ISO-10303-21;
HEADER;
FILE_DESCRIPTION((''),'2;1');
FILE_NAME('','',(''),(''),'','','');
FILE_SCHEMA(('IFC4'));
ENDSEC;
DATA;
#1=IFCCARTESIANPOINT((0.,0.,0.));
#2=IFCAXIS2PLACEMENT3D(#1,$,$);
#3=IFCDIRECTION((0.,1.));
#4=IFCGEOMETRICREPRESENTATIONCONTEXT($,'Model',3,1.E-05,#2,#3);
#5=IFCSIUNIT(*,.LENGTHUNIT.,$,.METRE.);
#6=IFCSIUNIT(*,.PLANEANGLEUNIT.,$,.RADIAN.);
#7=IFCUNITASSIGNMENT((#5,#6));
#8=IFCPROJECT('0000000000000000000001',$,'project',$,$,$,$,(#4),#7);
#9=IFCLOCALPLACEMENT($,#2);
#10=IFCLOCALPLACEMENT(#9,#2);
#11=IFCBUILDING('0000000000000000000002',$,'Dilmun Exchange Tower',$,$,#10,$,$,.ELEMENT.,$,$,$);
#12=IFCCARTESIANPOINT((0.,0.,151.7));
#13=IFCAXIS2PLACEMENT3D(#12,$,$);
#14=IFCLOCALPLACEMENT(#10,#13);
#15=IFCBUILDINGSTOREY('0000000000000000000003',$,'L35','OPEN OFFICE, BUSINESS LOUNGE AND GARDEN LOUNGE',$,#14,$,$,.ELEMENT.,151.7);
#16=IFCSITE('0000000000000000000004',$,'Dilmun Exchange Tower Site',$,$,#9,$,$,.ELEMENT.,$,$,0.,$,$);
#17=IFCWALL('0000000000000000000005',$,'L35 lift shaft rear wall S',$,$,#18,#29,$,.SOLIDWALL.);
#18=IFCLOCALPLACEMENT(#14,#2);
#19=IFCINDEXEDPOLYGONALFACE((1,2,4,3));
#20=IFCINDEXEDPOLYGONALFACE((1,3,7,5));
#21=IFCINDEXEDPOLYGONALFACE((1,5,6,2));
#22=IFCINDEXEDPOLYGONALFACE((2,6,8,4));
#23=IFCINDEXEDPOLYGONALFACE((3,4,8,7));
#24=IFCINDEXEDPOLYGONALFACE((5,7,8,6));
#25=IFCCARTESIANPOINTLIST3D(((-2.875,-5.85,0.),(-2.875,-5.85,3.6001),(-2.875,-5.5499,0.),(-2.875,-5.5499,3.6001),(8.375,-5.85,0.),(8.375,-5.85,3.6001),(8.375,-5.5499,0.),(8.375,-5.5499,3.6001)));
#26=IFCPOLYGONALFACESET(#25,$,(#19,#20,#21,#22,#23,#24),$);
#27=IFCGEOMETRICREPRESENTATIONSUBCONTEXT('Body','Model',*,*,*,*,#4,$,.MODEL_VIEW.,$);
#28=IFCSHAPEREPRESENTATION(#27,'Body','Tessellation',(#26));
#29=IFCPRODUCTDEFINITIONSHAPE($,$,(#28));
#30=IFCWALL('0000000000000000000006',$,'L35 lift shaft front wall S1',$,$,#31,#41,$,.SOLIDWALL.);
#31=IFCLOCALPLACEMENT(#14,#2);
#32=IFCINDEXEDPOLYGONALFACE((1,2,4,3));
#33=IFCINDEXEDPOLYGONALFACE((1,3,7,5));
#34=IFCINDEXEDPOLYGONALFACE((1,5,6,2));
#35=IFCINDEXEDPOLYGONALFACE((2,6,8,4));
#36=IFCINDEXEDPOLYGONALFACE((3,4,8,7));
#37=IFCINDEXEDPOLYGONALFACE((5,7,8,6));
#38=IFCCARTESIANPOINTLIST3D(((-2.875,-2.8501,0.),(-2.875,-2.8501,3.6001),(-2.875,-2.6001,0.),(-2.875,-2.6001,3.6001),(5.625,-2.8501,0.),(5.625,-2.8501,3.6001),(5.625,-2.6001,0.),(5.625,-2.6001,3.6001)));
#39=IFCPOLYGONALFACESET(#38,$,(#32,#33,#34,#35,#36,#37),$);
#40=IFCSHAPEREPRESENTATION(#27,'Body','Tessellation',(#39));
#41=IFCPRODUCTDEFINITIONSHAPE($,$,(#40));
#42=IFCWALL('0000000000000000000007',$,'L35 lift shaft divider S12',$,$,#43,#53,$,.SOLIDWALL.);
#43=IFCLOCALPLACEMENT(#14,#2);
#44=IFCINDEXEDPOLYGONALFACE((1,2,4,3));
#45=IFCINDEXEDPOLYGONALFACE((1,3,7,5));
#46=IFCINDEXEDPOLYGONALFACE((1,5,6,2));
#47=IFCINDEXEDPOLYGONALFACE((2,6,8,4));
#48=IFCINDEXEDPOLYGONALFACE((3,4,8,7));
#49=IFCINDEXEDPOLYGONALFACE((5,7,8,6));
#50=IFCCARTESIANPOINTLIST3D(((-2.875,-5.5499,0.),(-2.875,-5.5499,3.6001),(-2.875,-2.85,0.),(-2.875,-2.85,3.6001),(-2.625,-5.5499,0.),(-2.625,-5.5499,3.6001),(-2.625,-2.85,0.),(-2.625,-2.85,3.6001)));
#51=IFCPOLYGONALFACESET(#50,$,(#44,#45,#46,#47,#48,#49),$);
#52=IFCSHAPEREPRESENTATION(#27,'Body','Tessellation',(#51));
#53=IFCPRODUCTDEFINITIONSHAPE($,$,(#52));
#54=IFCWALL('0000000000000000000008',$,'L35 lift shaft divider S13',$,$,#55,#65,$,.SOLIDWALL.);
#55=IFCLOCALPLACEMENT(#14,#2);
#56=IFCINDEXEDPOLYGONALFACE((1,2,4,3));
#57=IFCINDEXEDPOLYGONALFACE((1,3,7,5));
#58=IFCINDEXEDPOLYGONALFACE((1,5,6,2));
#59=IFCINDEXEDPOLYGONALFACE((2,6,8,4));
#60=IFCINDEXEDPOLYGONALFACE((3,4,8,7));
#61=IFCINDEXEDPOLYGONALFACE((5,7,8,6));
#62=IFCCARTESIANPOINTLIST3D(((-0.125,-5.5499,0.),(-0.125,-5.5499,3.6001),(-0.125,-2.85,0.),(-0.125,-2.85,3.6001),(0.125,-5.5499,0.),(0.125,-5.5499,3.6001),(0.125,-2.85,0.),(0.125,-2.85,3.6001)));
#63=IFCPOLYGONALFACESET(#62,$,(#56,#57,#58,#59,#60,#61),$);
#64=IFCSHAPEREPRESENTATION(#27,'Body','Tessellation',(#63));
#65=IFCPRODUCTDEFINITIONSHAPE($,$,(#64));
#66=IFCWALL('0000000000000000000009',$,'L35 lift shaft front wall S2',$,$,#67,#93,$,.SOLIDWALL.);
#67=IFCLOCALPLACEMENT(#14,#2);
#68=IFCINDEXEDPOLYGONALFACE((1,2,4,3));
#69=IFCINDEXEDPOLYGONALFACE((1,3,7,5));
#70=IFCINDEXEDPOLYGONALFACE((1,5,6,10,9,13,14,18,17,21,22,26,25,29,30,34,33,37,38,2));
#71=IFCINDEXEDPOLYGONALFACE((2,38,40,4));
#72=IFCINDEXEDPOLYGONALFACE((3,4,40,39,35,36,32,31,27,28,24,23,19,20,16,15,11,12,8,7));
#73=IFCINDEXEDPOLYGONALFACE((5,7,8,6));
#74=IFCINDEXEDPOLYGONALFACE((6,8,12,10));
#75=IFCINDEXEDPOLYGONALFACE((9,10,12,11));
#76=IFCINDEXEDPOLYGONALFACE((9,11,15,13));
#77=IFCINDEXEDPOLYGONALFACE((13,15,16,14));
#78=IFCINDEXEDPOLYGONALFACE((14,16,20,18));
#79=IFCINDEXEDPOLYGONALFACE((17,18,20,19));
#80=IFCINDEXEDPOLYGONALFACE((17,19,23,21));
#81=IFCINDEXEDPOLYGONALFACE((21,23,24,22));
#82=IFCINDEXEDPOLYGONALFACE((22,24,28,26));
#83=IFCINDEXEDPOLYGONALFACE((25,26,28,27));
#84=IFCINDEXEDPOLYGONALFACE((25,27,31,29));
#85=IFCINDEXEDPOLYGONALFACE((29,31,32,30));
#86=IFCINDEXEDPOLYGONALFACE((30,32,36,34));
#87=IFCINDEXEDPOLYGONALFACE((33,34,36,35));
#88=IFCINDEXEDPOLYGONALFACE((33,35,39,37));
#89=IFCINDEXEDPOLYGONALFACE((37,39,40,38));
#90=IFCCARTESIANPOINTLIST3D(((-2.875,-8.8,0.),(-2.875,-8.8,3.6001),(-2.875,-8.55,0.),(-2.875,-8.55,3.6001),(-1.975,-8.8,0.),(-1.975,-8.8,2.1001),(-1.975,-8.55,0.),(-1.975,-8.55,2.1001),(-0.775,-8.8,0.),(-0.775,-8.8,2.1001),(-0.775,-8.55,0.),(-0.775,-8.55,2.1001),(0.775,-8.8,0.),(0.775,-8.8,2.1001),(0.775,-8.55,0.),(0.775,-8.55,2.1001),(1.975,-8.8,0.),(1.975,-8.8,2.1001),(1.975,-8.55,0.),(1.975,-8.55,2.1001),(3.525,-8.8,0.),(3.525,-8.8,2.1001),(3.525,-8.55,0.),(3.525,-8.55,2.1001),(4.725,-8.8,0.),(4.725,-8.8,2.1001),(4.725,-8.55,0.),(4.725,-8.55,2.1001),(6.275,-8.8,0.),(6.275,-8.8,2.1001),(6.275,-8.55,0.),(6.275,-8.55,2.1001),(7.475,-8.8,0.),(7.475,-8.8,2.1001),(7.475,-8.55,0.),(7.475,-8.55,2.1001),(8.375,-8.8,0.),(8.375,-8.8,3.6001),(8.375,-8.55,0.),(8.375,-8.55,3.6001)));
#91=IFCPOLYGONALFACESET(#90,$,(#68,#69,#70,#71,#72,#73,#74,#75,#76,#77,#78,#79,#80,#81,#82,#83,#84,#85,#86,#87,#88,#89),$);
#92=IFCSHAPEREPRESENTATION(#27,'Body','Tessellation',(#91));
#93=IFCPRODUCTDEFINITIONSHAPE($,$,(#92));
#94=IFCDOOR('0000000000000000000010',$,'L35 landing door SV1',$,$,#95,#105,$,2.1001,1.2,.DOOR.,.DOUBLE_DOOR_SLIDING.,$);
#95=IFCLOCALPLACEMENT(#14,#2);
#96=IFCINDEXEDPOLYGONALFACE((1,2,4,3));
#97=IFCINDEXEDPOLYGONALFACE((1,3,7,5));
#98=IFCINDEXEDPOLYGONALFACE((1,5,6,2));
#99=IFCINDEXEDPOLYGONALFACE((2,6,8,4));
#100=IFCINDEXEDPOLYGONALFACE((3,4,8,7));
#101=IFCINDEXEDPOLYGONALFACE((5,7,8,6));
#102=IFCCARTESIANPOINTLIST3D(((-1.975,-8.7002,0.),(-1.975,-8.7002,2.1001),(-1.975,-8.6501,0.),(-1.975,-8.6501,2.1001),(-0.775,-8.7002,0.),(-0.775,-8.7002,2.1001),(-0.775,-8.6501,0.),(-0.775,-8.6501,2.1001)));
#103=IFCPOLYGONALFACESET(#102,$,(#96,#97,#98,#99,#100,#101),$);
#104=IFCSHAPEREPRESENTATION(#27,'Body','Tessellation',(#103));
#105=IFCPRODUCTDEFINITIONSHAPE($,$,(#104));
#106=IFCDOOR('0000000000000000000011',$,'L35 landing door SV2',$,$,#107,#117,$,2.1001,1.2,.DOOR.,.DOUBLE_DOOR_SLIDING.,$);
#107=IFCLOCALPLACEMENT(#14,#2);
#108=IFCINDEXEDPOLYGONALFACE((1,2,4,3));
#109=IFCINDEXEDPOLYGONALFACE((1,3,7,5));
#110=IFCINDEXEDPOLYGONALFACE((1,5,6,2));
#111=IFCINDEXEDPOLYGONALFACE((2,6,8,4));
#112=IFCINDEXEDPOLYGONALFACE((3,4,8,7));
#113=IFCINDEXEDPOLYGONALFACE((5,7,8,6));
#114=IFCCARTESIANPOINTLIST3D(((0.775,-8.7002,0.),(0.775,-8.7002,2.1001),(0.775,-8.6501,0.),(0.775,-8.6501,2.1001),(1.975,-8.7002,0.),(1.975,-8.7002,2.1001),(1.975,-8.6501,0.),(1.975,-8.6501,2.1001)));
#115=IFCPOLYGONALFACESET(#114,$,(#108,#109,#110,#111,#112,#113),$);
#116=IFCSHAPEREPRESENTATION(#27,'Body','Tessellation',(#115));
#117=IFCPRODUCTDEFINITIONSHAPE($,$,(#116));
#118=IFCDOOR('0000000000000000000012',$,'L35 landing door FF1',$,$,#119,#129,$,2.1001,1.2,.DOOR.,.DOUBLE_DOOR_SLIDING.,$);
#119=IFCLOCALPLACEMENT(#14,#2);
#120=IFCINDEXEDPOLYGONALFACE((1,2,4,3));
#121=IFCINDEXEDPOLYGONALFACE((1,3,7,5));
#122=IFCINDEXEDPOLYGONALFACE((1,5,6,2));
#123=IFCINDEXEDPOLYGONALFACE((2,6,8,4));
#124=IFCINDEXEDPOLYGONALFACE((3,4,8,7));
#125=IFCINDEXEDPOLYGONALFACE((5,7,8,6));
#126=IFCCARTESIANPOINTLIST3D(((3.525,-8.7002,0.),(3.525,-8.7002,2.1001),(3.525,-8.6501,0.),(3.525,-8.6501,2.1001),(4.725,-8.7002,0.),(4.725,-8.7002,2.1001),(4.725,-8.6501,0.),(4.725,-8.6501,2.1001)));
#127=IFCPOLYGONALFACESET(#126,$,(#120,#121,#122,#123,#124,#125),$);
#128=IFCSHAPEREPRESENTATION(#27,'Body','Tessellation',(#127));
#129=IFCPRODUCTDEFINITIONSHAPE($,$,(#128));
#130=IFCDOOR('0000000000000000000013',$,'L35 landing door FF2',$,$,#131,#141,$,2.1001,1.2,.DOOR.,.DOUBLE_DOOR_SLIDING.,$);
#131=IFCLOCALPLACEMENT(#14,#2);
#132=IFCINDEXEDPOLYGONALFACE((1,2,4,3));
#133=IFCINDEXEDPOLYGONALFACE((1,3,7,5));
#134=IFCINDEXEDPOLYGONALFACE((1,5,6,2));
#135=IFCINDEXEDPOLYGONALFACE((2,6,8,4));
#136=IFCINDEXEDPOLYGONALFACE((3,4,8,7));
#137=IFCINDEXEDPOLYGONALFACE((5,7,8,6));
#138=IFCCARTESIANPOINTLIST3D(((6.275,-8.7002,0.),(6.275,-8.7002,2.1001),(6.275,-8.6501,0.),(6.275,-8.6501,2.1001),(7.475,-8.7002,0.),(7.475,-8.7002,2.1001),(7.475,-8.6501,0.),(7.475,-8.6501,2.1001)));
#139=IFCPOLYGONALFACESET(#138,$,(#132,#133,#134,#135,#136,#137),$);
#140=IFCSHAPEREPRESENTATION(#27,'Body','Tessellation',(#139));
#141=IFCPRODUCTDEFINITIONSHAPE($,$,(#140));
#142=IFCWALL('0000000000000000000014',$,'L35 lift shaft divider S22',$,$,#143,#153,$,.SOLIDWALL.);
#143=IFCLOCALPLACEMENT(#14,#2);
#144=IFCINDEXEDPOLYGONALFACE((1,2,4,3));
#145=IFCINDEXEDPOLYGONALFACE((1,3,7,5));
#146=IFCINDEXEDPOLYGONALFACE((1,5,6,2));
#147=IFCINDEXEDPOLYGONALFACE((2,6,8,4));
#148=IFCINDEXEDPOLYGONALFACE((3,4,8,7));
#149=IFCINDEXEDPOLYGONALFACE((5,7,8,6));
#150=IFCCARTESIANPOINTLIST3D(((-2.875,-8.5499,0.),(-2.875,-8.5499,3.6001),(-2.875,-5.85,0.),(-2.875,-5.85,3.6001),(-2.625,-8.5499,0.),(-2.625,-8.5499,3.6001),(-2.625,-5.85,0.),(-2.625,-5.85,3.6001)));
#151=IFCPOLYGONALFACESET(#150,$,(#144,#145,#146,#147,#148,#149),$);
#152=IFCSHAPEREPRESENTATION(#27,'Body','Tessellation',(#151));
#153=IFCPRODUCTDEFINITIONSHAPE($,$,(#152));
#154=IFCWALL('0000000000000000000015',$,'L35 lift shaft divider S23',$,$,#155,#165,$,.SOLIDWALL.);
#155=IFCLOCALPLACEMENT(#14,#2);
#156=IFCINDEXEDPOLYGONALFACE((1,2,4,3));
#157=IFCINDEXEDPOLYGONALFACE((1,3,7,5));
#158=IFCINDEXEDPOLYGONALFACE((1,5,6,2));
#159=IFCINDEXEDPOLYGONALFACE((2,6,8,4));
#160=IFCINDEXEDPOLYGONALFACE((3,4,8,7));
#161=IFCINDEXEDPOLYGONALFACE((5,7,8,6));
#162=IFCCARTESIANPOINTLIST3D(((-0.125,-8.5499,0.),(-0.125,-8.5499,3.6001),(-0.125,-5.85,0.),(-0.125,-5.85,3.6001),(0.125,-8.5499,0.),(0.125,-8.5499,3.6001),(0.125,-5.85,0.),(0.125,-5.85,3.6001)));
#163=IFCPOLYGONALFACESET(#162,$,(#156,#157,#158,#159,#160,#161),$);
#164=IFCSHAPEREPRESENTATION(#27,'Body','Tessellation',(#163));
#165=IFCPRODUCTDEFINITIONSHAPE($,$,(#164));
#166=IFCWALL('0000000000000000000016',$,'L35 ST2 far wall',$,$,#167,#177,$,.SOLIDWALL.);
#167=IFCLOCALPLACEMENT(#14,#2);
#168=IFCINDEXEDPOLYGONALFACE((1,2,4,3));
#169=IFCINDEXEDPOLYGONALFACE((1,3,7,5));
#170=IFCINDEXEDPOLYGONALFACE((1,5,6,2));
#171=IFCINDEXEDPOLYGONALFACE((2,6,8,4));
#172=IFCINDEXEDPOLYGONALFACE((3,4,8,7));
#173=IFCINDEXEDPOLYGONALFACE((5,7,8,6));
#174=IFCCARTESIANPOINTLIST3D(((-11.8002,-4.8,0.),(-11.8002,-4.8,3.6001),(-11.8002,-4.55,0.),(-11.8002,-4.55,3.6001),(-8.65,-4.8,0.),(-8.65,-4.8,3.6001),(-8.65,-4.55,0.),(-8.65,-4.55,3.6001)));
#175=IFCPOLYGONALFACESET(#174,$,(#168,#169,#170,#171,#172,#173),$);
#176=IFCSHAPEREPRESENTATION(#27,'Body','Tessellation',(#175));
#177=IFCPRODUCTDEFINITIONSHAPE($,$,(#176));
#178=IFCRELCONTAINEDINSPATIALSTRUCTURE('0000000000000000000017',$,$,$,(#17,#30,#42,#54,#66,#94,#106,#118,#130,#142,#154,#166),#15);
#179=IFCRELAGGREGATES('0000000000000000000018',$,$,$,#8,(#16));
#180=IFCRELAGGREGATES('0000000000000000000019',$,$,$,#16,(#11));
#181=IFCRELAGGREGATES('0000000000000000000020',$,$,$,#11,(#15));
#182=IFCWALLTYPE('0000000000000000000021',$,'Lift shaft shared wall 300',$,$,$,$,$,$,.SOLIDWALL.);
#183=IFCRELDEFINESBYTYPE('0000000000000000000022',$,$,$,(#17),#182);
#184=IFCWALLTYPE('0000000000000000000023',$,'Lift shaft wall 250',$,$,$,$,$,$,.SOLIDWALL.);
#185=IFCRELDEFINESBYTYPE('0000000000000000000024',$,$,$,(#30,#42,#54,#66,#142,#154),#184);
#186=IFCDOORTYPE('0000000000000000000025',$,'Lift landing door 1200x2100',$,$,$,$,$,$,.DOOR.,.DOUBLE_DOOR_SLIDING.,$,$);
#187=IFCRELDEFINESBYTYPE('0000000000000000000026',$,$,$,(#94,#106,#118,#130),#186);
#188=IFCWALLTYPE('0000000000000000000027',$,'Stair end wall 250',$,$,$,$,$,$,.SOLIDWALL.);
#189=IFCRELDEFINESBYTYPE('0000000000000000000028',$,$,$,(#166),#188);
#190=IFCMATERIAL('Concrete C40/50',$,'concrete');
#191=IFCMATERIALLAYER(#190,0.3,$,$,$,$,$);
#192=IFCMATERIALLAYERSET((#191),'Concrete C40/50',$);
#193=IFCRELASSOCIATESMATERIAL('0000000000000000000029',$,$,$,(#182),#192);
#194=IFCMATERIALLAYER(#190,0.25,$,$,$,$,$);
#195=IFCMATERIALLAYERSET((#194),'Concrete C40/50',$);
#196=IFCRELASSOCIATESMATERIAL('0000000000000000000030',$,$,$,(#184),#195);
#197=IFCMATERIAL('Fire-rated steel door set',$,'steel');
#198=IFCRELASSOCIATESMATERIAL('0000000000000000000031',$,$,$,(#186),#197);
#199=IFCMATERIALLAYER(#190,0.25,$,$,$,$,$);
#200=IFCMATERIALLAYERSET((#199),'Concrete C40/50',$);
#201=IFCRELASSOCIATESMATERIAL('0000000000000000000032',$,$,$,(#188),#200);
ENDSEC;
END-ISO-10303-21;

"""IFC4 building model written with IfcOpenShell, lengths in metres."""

from ifc_helpers import new_model, si_unit, direction, frame, frame_2d, origin, place, context, subcontext, project, spatial, rectangle, extrude, material, layer, layer_set, type_object, element, fill, save


model = new_model("IFC4")

# Units and contexts
model_context = context("Model", 3, precision=1e-05, world=origin(), true_north=direction((0.0, 1.0)))
body_context = subcontext(model_context, "Body", "Model", "MODEL_VIEW")
ifc_project = project(units=[si_unit("LENGTHUNIT", "METRE"), si_unit("PLANEANGLEUNIT", "RADIAN")], contexts=[model_context])

# Site, building, storey
site_placement = place(None, origin())
site = spatial("IfcSite", under=ifc_project, at=site_placement, Name="Dilmun Exchange Tower Site", CompositionType="ELEMENT", RefElevation=0.0)
building_placement = place(site_placement, origin())
building = spatial("IfcBuilding", under=site, at=building_placement, Name="Dilmun Exchange Tower", CompositionType="ELEMENT")
storey_placement = place(building_placement, frame((0.0, 0.0, 151.7)))
storey = spatial("IfcBuildingStorey", under=building, at=storey_placement, Name="L35", Description="OPEN OFFICE, BUSINESS LOUNGE AND GARDEN LOUNGE", CompositionType="ELEMENT", Elevation=151.7)

# Shared definitions
ifc_material_1 = material(Name="Concrete C40/50", Category="concrete")

# Shared definitions
ifc_material_2 = material(Name="Fire-rated steel door set", Category="steel")

# Walls
ifc_layer_1 = layer(ifc_material_1, 0.3)
ifc_layer_set_1 = layer_set([ifc_layer_1], Name="Concrete C40/50")
wall_type_1 = type_object("IfcWallType", Name="Lift shaft shared wall 300", PredefinedType="SOLIDWALL", material=ifc_layer_set_1)
wall_1_placement = place(storey_placement, frame((-2.875, -5.7, 0.0), z_axis=(0.0, 0.0, 1.0), x_axis=(1.0, 0.0, 0.0)))
element("IfcWall", 1, at=wall_1_placement, inside=storey, type_object=wall_type_1, Name="L35 lift shaft rear wall S", PredefinedType="SOLIDWALL", context=body_context, shape_type="SweptSolid", body=[
    extrude(rectangle(XDim=11.25, YDim=0.3, at=frame_2d((5.625, 0.0))), origin(), (0.0, 0.0, 1.0), 3.6001),
])
ifc_layer_2 = layer(ifc_material_1, 0.25)
ifc_layer_set_2 = layer_set([ifc_layer_2], Name="Concrete C40/50")
wall_type_2 = type_object("IfcWallType", Name="Lift shaft wall 250", PredefinedType="SOLIDWALL", material=ifc_layer_set_2)
wall_2_placement = place(storey_placement, frame((-2.875, -2.7251, 0.0), z_axis=(0.0, 0.0, 1.0), x_axis=(1.0, 0.0, 0.0)))
element("IfcWall", 2, at=wall_2_placement, inside=storey, type_object=wall_type_2, Name="L35 lift shaft front wall S1", PredefinedType="SOLIDWALL", context=body_context, shape_type="SweptSolid", body=[
    extrude(rectangle(XDim=8.5, YDim=0.25, at=frame_2d((4.25, 0.0))), origin(), (0.0, 0.0, 1.0), 3.6001),
])
for number, where, z_axis, x_axis, name in (
    (3, (-2.75, -5.55, 0.0), (0.0, 0.0, 1.0), (0.0, 1.0, 0.0), "L35 lift shaft divider S12"),
    (4, (0.0, -5.55, 0.0), (0.0, 0.0, 1.0), (0.0, 1.0, 0.0), "L35 lift shaft divider S13"),
):
    element("IfcWall", number, at=place(storey_placement, frame(where, z_axis=z_axis, x_axis=x_axis)), inside=storey, type_object=wall_type_2, Name=name, PredefinedType="SOLIDWALL", context=body_context, shape_type="SweptSolid", body=[
        extrude(rectangle(XDim=2.7, YDim=0.25, at=frame_2d((1.3501, 0.0))), origin(), (0.0, 0.0, 1.0), 3.6001),
    ])

# Wall, openings, doors
wall_3_placement = place(storey_placement, frame((-2.875, -8.675, 0.0), z_axis=(0.0, 0.0, 1.0), x_axis=(1.0, 0.0, 0.0)))
wall_3 = element("IfcWall", 5, at=wall_3_placement, inside=storey, type_object=wall_type_2, Name="L35 lift shaft front wall S2", PredefinedType="SOLIDWALL", context=body_context, shape_type="SweptSolid", body=[
    extrude(rectangle(XDim=11.25, YDim=0.25, at=frame_2d((5.625, 0.0))), origin(), (0.0, 0.0, 1.0), 3.6001),
])
opening_1_placement = place(wall_3_placement, frame((0.8999, 0.0, 0.0)))
opening_1 = element("IfcOpeningElement", 6, at=opening_1_placement, cuts=wall_3, PredefinedType="OPENING", context=body_context, shape_type="SweptSolid", body=[
    extrude(rectangle(XDim=1.2, YDim=2.1001, at=frame_2d((0.6001, 1.05))), frame((0.0, 0.135, 0.0), z_axis=(0.0, -1.0, 0.0), x_axis=(1.0, 0.0, 0.0)), (0.0, 0.0, 1.0), 0.27),
])
opening_2_placement = place(wall_3_placement, frame((3.6499, 0.0, 0.0)))
opening_2 = element("IfcOpeningElement", 7, at=opening_2_placement, cuts=wall_3, PredefinedType="OPENING", context=body_context, shape_type="SweptSolid", body=[
    extrude(rectangle(XDim=1.2, YDim=2.1001, at=frame_2d((0.6001, 1.05))), frame((0.0, 0.135, 0.0), z_axis=(0.0, -1.0, 0.0), x_axis=(1.0, 0.0, 0.0)), (0.0, 0.0, 1.0), 0.27),
])
opening_3_placement = place(wall_3_placement, frame((6.3999, 0.0, 0.0)))
opening_3 = element("IfcOpeningElement", 8, at=opening_3_placement, cuts=wall_3, PredefinedType="OPENING", context=body_context, shape_type="SweptSolid", body=[
    extrude(rectangle(XDim=1.2, YDim=2.1001, at=frame_2d((0.6001, 1.05))), frame((0.0, 0.135, 0.0), z_axis=(0.0, -1.0, 0.0), x_axis=(1.0, 0.0, 0.0)), (0.0, 0.0, 1.0), 0.27),
])
opening_4_placement = place(wall_3_placement, frame((9.1499, 0.0, 0.0)))
opening_4 = element("IfcOpeningElement", 9, at=opening_4_placement, cuts=wall_3, PredefinedType="OPENING", context=body_context, shape_type="SweptSolid", body=[
    extrude(rectangle(XDim=1.2, YDim=2.1001, at=frame_2d((0.6001, 1.05))), frame((0.0, 0.135, 0.0), z_axis=(0.0, -1.0, 0.0), x_axis=(1.0, 0.0, 0.0)), (0.0, 0.0, 1.0), 0.27),
])
door_type_1 = type_object("IfcDoorType", Name="Lift landing door 1200x2100", OperationType="DOUBLE_DOOR_SLIDING", PredefinedType="DOOR", material=ifc_material_2)
door_1_placement = place(opening_1_placement, origin())
door_1 = element("IfcDoor", 10, at=door_1_placement, inside=storey, type_object=door_type_1, Name="L35 landing door SV1", OperationType="DOUBLE_DOOR_SLIDING", OverallHeight=2.1001, OverallWidth=1.2, PredefinedType="DOOR", context=body_context, shape_type="SweptSolid", body=[
    extrude(rectangle(XDim=1.2, YDim=2.1001, at=frame_2d((0.6001, 1.05))), frame((0.0, 0.0249, 0.0), z_axis=(0.0, -1.0, 0.0), x_axis=(1.0, 0.0, 0.0)), (0.0, 0.0, 1.0), 0.05),
])
fill(opening_1, door_1)
door_2_placement = place(opening_2_placement, origin())
door_2 = element("IfcDoor", 11, at=door_2_placement, inside=storey, type_object=door_type_1, Name="L35 landing door SV2", OperationType="DOUBLE_DOOR_SLIDING", OverallHeight=2.1001, OverallWidth=1.2, PredefinedType="DOOR", context=body_context, shape_type="SweptSolid", body=[
    extrude(rectangle(XDim=1.2, YDim=2.1001, at=frame_2d((0.6001, 1.05))), frame((0.0, 0.0249, 0.0), z_axis=(0.0, -1.0, 0.0), x_axis=(1.0, 0.0, 0.0)), (0.0, 0.0, 1.0), 0.05),
])
fill(opening_2, door_2)
door_3_placement = place(opening_3_placement, origin())
door_3 = element("IfcDoor", 12, at=door_3_placement, inside=storey, type_object=door_type_1, Name="L35 landing door FF1", OperationType="DOUBLE_DOOR_SLIDING", OverallHeight=2.1001, OverallWidth=1.2, PredefinedType="DOOR", context=body_context, shape_type="SweptSolid", body=[
    extrude(rectangle(XDim=1.2, YDim=2.1001, at=frame_2d((0.6001, 1.05))), frame((0.0, 0.0249, 0.0), z_axis=(0.0, -1.0, 0.0), x_axis=(1.0, 0.0, 0.0)), (0.0, 0.0, 1.0), 0.05),
])
fill(opening_3, door_3)
door_4_placement = place(opening_4_placement, origin())
door_4 = element("IfcDoor", 13, at=door_4_placement, inside=storey, type_object=door_type_1, Name="L35 landing door FF2", OperationType="DOUBLE_DOOR_SLIDING", OverallHeight=2.1001, OverallWidth=1.2, PredefinedType="DOOR", context=body_context, shape_type="SweptSolid", body=[
    extrude(rectangle(XDim=1.2, YDim=2.1001, at=frame_2d((0.6001, 1.05))), frame((0.0, 0.0249, 0.0), z_axis=(0.0, -1.0, 0.0), x_axis=(1.0, 0.0, 0.0)), (0.0, 0.0, 1.0), 0.05),
])
fill(opening_4, door_4)

# Walls
for number, where, z_axis, x_axis, name in (
    (14, (-2.75, -8.55, 0.0), (0.0, 0.0, 1.0), (0.0, 1.0, 0.0), "L35 lift shaft divider S22"),
    (15, (0.0, -8.55, 0.0), (0.0, 0.0, 1.0), (0.0, 1.0, 0.0), "L35 lift shaft divider S23"),
):
    element("IfcWall", number, at=place(storey_placement, frame(where, z_axis=z_axis, x_axis=x_axis)), inside=storey, type_object=wall_type_2, Name=name, PredefinedType="SOLIDWALL", context=body_context, shape_type="SweptSolid", body=[
        extrude(rectangle(XDim=2.7, YDim=0.25, at=frame_2d((1.3501, 0.0))), origin(), (0.0, 0.0, 1.0), 3.6001),
    ])
ifc_layer_3 = layer(ifc_material_1, 0.25)
ifc_layer_set_3 = layer_set([ifc_layer_3], Name="Concrete C40/50")
wall_type_3 = type_object("IfcWallType", Name="Stair end wall 250", PredefinedType="SOLIDWALL", material=ifc_layer_set_3)
wall_4_placement = place(storey_placement, frame((-8.6499, -4.675, 0.0), z_axis=(0.0, 0.0, 1.0), x_axis=(-1.0, 0.0, 0.0)))
element("IfcWall", 16, at=wall_4_placement, inside=storey, type_object=wall_type_3, Name="L35 ST2 far wall", PredefinedType="SOLIDWALL", context=body_context, shape_type="SweptSolid", body=[
    extrude(rectangle(XDim=3.1501, YDim=0.25, at=frame_2d((1.5752, 0.0))), origin(), (0.0, 0.0, 1.0), 3.6001),
])

save(model, "model.ifc")
